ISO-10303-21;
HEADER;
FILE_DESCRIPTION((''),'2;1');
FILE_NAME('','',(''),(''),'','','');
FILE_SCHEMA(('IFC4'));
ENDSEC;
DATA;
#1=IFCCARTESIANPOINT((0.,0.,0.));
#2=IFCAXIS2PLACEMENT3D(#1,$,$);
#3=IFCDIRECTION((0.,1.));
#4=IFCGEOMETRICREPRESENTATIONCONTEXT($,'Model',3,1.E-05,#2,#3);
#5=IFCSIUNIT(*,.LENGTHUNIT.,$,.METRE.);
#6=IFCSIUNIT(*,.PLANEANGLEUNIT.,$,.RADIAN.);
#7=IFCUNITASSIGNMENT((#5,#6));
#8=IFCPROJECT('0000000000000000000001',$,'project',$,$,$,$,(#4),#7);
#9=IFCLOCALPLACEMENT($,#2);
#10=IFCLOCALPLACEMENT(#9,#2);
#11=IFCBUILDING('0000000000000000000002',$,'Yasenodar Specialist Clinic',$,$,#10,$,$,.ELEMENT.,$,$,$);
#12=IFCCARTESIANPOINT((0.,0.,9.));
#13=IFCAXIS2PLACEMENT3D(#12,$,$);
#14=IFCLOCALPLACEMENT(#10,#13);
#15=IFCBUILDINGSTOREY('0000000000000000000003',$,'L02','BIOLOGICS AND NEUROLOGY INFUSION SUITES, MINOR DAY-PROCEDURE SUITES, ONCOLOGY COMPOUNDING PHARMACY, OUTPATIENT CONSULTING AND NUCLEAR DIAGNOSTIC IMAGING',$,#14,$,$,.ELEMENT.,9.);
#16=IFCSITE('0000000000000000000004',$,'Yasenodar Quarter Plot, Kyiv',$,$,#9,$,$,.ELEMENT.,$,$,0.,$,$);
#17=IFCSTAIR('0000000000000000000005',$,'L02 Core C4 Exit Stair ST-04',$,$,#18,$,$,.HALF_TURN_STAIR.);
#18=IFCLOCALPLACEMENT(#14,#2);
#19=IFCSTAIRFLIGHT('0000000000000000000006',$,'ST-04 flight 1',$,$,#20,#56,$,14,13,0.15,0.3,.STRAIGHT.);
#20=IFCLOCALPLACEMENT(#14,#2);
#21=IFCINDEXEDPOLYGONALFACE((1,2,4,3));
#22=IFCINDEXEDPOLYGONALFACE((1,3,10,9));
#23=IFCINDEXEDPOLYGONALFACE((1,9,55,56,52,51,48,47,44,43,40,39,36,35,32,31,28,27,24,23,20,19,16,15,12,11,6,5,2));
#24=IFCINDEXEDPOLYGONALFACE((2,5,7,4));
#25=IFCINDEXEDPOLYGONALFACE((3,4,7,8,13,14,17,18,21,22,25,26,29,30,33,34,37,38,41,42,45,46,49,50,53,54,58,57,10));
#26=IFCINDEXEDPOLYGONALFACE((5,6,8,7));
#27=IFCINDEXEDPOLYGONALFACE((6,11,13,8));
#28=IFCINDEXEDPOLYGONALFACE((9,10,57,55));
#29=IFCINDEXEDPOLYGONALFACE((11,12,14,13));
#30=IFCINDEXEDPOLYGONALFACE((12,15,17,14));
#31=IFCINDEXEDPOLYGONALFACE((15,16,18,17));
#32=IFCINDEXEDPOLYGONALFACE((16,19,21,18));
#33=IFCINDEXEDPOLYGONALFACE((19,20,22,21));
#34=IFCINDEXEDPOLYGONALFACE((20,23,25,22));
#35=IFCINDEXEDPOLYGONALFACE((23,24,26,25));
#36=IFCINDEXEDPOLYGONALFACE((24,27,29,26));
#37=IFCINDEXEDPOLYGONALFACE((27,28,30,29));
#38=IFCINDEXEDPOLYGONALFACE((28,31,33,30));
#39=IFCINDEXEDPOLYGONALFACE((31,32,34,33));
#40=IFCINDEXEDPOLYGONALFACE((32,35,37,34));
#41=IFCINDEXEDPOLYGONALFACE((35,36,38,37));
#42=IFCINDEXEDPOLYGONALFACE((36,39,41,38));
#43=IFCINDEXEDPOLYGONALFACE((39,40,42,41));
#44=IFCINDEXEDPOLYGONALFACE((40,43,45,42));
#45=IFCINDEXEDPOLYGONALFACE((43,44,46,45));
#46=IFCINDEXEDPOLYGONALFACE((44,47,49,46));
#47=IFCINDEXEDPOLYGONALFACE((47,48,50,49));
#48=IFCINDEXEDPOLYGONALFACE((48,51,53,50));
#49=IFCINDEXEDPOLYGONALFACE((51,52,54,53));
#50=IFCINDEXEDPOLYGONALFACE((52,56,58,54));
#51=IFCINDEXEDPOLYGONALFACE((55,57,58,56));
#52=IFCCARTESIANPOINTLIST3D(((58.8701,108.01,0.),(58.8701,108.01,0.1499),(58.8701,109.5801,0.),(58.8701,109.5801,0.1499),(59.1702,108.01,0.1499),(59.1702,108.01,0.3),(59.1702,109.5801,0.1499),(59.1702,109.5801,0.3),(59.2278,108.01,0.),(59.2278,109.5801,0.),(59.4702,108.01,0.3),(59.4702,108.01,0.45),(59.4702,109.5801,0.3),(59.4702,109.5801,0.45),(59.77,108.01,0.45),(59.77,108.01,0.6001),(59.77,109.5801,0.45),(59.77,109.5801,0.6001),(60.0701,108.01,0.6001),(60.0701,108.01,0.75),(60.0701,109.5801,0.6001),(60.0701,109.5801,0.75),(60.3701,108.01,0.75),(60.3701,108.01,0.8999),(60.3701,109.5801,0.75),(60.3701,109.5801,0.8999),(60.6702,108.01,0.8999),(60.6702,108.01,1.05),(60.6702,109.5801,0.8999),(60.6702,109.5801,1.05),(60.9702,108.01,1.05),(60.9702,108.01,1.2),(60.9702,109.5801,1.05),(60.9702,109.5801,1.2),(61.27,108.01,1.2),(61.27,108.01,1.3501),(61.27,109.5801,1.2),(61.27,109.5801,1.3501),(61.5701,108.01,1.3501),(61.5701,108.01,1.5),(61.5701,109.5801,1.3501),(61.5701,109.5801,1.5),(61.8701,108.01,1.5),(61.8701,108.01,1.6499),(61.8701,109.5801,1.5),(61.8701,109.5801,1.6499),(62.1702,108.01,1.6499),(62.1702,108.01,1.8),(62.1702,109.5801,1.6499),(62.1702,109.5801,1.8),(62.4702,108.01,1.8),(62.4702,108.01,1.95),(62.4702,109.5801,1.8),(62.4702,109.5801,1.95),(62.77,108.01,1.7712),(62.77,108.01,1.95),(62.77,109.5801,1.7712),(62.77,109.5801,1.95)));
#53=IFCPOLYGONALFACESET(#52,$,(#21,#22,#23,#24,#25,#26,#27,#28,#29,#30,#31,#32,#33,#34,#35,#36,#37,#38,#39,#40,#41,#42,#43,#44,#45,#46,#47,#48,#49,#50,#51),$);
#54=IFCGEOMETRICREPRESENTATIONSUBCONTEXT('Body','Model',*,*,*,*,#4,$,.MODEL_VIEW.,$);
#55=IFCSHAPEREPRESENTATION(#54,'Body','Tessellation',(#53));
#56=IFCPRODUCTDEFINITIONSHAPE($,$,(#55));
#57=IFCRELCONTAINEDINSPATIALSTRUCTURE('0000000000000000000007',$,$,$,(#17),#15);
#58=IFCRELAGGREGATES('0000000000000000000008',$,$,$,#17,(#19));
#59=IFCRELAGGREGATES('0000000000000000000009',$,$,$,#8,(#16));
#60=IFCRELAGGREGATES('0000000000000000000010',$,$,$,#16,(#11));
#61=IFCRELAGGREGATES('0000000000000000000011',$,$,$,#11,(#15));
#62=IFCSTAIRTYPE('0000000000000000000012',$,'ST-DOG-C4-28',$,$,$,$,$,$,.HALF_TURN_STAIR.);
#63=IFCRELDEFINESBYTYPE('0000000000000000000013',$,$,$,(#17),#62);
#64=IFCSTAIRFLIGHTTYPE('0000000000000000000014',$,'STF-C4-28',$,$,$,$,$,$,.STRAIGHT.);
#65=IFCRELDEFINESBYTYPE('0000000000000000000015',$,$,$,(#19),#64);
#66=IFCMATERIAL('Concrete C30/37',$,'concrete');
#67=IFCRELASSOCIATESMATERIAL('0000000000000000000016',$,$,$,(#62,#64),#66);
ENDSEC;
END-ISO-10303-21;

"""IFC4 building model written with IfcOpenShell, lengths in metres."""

from ifc_helpers import new_model, si_unit, direction, frame, origin, place, context, subcontext, project, spatial, polyline, outline, extrude, material, type_object, element, aggregate, save


model = new_model("IFC4")

# Units and contexts
model_context = context("Model", 3, precision=1e-05, world=origin(), true_north=direction((0.0, 1.0)))
body_context = subcontext(model_context, "Body", "Model", "MODEL_VIEW")
ifc_project = project(units=[si_unit("LENGTHUNIT", "METRE"), si_unit("PLANEANGLEUNIT", "RADIAN")], contexts=[model_context])

# Site, building, storey
site_placement = place(None, origin())
site = spatial("IfcSite", under=ifc_project, at=site_placement, Name="Yasenodar Quarter Plot, Kyiv", CompositionType="ELEMENT", RefElevation=0.0)
building_placement = place(site_placement, origin())
building = spatial("IfcBuilding", under=site, at=building_placement, Name="Yasenodar Specialist Clinic", CompositionType="ELEMENT")
storey_placement = place(building_placement, frame((0.0, 0.0, 9.0)))
storey = spatial("IfcBuildingStorey", under=building, at=storey_placement, Name="L02", Description="BIOLOGICS AND NEUROLOGY INFUSION SUITES, MINOR DAY-PROCEDURE SUITES, ONCOLOGY COMPOUNDING PHARMACY, OUTPATIENT CONSULTING AND NUCLEAR DIAGNOSTIC IMAGING", CompositionType="ELEMENT", Elevation=9.0)

# Stair, stair flight
ifc_material_1 = material(Name="Concrete C30/37", Category="concrete")
stair_type = type_object("IfcStairType", Name="ST-DOG-C4-28", PredefinedType="HALF_TURN_STAIR", material=ifc_material_1)
stair_placement = place(storey_placement, origin())
stair = element("IfcStair", 1, at=stair_placement, inside=storey, type_object=stair_type, Name="L02 Core C4 Exit Stair ST-04", PredefinedType="HALF_TURN_STAIR")
stair_flight_type = type_object("IfcStairFlightType", Name="STF-C4-28", PredefinedType="STRAIGHT", material=ifc_material_1)
stair_flight_placement = place(storey_placement, frame((58.8701, 108.7949, 0.0), z_axis=(0.0, 0.0, 1.0), x_axis=(1.0, 0.0, 0.0)))
stair_flight = element("IfcStairFlight", 2, at=stair_flight_placement, type_object=stair_flight_type, Name="ST-04 flight 1", NumberOfRisers=14, NumberOfTreads=13, PredefinedType="STRAIGHT", RiserHeight=0.15, TreadLength=0.3, context=body_context, shape_type="SweptSolid", body=[
    extrude(outline(polyline([(0.0, 0.0), (0.0, 0.1499), (0.3, 0.1499), (0.3, 0.3), (0.6001, 0.3), (0.6001, 0.45), (0.8999, 0.45), (0.8999, 0.6001), (1.2, 0.6001), (1.2, 0.75), (1.5, 0.75), (1.5, 0.8999), (1.8, 0.8999), (1.8, 1.05), (2.1001, 1.05), (2.1001, 1.2), (2.3999, 1.2), (2.3999, 1.3501), (2.7, 1.3501), (2.7, 1.5), (3.0, 1.5), (3.0, 1.6499), (3.3, 1.6499), (3.3, 1.8), (3.6001, 1.8), (3.6001, 1.95), (3.8999, 1.95), (3.8999, 2.1001), (3.8999, 1.7712), (0.3577, 0.0), (0.0, 0.0)])), frame((0.0, 0.7852, 0.0), z_axis=(0.0, -1.0, 0.0), x_axis=(1.0, 0.0, 0.0)), (0.0, 0.0, 1.0), 1.5701),
])
aggregate(stair, [stair_flight])

save(model, "model.ifc")
